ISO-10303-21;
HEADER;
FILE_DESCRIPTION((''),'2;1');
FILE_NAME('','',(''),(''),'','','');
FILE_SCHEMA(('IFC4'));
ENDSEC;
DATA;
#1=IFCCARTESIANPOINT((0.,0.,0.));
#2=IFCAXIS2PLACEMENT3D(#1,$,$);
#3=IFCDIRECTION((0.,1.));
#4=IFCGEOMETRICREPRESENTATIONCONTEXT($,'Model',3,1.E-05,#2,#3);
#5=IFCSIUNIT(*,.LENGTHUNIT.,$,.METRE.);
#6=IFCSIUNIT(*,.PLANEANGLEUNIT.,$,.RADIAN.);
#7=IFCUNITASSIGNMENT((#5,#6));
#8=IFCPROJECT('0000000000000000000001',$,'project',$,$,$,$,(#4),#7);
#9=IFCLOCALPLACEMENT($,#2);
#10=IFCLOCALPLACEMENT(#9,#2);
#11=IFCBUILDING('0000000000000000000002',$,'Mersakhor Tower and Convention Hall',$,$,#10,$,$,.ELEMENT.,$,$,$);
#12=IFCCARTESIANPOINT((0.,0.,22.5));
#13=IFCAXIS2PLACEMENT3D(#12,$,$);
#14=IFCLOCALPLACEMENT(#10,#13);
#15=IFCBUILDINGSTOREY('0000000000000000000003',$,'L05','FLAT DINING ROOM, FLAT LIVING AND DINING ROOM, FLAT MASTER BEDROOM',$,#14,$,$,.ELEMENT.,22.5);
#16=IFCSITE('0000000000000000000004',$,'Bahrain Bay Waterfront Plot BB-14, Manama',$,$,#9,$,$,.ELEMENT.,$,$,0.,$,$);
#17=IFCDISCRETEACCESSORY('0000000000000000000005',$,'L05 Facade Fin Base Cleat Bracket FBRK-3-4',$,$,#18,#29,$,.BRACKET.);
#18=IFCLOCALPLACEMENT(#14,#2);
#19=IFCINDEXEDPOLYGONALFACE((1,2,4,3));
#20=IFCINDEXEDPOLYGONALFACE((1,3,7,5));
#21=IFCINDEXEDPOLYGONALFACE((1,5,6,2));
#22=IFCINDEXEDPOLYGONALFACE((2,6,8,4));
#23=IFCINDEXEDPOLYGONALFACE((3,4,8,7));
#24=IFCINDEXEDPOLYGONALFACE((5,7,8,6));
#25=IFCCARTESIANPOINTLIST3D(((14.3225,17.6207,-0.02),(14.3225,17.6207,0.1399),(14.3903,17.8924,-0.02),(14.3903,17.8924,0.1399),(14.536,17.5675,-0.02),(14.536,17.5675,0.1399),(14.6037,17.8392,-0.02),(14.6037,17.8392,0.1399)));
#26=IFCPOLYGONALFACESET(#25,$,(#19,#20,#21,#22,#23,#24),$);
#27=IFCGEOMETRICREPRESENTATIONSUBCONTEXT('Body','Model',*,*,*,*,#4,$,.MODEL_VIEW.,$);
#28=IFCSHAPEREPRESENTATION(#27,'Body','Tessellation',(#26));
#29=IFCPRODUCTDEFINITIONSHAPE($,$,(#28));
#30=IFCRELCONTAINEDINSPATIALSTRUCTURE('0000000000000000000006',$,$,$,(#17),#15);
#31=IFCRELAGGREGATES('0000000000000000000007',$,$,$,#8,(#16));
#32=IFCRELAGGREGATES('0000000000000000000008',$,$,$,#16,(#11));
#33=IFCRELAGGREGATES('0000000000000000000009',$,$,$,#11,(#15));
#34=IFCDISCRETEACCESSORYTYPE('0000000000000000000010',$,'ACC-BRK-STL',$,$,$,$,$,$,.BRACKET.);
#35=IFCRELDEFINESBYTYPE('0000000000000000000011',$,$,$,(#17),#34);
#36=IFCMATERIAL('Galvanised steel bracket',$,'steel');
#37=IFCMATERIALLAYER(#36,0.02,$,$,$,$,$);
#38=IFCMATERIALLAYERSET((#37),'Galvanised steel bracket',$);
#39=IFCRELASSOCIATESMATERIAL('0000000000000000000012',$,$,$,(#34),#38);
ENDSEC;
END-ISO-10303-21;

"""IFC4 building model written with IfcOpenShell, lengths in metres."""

from ifc_helpers import new_model, si_unit, direction, frame, origin, origin_2d, place, context, subcontext, project, spatial, rectangle, extrude, material, layer, layer_set, type_object, element, save


model = new_model("IFC4")

# Units and contexts
model_context = context("Model", 3, precision=1e-05, world=origin(), true_north=direction((0.0, 1.0)))
body_context = subcontext(model_context, "Body", "Model", "MODEL_VIEW")
ifc_project = project(units=[si_unit("LENGTHUNIT", "METRE"), si_unit("PLANEANGLEUNIT", "RADIAN")], contexts=[model_context])

# Site, building, storey
site_placement = place(None, origin())
site = spatial("IfcSite", under=ifc_project, at=site_placement, Name="Bahrain Bay Waterfront Plot BB-14, Manama", CompositionType="ELEMENT", RefElevation=0.0)
building_placement = place(site_placement, origin())
building = spatial("IfcBuilding", under=site, at=building_placement, Name="Mersakhor Tower and Convention Hall", CompositionType="ELEMENT")
storey_placement = place(building_placement, frame((0.0, 0.0, 22.5)))
storey = spatial("IfcBuildingStorey", under=building, at=storey_placement, Name="L05", Description="FLAT DINING ROOM, FLAT LIVING AND DINING ROOM, FLAT MASTER BEDROOM", CompositionType="ELEMENT", Elevation=22.5)

# Discrete accessory
ifc_material_1 = material(Name="Galvanised steel bracket", Category="steel")
ifc_layer_1 = layer(ifc_material_1, 0.02)
ifc_layer_set_1 = layer_set([ifc_layer_1], Name="Galvanised steel bracket")
discrete_accessory_type = type_object("IfcDiscreteAccessoryType", Name="ACC-BRK-STL", PredefinedType="BRACKET", material=ifc_layer_set_1)
discrete_accessory_1_placement = place(storey_placement, frame((14.4631, 17.73, -0.02), z_axis=(0.0, 0.0, 1.0), x_axis=(-0.241922, -0.970296, 0.0)))
element("IfcDiscreteAccessory", 1, at=discrete_accessory_1_placement, inside=storey, type_object=discrete_accessory_type, Name="L05 Facade Fin Base Cleat Bracket FBRK-3-4", PredefinedType="BRACKET", context=body_context, shape_type="SweptSolid", body=[
    extrude(rectangle(XDim=0.28, YDim=0.22, at=origin_2d()), origin(), (0.0, 0.0, 1.0), 0.1599),
])

save(model, "model.ifc")
